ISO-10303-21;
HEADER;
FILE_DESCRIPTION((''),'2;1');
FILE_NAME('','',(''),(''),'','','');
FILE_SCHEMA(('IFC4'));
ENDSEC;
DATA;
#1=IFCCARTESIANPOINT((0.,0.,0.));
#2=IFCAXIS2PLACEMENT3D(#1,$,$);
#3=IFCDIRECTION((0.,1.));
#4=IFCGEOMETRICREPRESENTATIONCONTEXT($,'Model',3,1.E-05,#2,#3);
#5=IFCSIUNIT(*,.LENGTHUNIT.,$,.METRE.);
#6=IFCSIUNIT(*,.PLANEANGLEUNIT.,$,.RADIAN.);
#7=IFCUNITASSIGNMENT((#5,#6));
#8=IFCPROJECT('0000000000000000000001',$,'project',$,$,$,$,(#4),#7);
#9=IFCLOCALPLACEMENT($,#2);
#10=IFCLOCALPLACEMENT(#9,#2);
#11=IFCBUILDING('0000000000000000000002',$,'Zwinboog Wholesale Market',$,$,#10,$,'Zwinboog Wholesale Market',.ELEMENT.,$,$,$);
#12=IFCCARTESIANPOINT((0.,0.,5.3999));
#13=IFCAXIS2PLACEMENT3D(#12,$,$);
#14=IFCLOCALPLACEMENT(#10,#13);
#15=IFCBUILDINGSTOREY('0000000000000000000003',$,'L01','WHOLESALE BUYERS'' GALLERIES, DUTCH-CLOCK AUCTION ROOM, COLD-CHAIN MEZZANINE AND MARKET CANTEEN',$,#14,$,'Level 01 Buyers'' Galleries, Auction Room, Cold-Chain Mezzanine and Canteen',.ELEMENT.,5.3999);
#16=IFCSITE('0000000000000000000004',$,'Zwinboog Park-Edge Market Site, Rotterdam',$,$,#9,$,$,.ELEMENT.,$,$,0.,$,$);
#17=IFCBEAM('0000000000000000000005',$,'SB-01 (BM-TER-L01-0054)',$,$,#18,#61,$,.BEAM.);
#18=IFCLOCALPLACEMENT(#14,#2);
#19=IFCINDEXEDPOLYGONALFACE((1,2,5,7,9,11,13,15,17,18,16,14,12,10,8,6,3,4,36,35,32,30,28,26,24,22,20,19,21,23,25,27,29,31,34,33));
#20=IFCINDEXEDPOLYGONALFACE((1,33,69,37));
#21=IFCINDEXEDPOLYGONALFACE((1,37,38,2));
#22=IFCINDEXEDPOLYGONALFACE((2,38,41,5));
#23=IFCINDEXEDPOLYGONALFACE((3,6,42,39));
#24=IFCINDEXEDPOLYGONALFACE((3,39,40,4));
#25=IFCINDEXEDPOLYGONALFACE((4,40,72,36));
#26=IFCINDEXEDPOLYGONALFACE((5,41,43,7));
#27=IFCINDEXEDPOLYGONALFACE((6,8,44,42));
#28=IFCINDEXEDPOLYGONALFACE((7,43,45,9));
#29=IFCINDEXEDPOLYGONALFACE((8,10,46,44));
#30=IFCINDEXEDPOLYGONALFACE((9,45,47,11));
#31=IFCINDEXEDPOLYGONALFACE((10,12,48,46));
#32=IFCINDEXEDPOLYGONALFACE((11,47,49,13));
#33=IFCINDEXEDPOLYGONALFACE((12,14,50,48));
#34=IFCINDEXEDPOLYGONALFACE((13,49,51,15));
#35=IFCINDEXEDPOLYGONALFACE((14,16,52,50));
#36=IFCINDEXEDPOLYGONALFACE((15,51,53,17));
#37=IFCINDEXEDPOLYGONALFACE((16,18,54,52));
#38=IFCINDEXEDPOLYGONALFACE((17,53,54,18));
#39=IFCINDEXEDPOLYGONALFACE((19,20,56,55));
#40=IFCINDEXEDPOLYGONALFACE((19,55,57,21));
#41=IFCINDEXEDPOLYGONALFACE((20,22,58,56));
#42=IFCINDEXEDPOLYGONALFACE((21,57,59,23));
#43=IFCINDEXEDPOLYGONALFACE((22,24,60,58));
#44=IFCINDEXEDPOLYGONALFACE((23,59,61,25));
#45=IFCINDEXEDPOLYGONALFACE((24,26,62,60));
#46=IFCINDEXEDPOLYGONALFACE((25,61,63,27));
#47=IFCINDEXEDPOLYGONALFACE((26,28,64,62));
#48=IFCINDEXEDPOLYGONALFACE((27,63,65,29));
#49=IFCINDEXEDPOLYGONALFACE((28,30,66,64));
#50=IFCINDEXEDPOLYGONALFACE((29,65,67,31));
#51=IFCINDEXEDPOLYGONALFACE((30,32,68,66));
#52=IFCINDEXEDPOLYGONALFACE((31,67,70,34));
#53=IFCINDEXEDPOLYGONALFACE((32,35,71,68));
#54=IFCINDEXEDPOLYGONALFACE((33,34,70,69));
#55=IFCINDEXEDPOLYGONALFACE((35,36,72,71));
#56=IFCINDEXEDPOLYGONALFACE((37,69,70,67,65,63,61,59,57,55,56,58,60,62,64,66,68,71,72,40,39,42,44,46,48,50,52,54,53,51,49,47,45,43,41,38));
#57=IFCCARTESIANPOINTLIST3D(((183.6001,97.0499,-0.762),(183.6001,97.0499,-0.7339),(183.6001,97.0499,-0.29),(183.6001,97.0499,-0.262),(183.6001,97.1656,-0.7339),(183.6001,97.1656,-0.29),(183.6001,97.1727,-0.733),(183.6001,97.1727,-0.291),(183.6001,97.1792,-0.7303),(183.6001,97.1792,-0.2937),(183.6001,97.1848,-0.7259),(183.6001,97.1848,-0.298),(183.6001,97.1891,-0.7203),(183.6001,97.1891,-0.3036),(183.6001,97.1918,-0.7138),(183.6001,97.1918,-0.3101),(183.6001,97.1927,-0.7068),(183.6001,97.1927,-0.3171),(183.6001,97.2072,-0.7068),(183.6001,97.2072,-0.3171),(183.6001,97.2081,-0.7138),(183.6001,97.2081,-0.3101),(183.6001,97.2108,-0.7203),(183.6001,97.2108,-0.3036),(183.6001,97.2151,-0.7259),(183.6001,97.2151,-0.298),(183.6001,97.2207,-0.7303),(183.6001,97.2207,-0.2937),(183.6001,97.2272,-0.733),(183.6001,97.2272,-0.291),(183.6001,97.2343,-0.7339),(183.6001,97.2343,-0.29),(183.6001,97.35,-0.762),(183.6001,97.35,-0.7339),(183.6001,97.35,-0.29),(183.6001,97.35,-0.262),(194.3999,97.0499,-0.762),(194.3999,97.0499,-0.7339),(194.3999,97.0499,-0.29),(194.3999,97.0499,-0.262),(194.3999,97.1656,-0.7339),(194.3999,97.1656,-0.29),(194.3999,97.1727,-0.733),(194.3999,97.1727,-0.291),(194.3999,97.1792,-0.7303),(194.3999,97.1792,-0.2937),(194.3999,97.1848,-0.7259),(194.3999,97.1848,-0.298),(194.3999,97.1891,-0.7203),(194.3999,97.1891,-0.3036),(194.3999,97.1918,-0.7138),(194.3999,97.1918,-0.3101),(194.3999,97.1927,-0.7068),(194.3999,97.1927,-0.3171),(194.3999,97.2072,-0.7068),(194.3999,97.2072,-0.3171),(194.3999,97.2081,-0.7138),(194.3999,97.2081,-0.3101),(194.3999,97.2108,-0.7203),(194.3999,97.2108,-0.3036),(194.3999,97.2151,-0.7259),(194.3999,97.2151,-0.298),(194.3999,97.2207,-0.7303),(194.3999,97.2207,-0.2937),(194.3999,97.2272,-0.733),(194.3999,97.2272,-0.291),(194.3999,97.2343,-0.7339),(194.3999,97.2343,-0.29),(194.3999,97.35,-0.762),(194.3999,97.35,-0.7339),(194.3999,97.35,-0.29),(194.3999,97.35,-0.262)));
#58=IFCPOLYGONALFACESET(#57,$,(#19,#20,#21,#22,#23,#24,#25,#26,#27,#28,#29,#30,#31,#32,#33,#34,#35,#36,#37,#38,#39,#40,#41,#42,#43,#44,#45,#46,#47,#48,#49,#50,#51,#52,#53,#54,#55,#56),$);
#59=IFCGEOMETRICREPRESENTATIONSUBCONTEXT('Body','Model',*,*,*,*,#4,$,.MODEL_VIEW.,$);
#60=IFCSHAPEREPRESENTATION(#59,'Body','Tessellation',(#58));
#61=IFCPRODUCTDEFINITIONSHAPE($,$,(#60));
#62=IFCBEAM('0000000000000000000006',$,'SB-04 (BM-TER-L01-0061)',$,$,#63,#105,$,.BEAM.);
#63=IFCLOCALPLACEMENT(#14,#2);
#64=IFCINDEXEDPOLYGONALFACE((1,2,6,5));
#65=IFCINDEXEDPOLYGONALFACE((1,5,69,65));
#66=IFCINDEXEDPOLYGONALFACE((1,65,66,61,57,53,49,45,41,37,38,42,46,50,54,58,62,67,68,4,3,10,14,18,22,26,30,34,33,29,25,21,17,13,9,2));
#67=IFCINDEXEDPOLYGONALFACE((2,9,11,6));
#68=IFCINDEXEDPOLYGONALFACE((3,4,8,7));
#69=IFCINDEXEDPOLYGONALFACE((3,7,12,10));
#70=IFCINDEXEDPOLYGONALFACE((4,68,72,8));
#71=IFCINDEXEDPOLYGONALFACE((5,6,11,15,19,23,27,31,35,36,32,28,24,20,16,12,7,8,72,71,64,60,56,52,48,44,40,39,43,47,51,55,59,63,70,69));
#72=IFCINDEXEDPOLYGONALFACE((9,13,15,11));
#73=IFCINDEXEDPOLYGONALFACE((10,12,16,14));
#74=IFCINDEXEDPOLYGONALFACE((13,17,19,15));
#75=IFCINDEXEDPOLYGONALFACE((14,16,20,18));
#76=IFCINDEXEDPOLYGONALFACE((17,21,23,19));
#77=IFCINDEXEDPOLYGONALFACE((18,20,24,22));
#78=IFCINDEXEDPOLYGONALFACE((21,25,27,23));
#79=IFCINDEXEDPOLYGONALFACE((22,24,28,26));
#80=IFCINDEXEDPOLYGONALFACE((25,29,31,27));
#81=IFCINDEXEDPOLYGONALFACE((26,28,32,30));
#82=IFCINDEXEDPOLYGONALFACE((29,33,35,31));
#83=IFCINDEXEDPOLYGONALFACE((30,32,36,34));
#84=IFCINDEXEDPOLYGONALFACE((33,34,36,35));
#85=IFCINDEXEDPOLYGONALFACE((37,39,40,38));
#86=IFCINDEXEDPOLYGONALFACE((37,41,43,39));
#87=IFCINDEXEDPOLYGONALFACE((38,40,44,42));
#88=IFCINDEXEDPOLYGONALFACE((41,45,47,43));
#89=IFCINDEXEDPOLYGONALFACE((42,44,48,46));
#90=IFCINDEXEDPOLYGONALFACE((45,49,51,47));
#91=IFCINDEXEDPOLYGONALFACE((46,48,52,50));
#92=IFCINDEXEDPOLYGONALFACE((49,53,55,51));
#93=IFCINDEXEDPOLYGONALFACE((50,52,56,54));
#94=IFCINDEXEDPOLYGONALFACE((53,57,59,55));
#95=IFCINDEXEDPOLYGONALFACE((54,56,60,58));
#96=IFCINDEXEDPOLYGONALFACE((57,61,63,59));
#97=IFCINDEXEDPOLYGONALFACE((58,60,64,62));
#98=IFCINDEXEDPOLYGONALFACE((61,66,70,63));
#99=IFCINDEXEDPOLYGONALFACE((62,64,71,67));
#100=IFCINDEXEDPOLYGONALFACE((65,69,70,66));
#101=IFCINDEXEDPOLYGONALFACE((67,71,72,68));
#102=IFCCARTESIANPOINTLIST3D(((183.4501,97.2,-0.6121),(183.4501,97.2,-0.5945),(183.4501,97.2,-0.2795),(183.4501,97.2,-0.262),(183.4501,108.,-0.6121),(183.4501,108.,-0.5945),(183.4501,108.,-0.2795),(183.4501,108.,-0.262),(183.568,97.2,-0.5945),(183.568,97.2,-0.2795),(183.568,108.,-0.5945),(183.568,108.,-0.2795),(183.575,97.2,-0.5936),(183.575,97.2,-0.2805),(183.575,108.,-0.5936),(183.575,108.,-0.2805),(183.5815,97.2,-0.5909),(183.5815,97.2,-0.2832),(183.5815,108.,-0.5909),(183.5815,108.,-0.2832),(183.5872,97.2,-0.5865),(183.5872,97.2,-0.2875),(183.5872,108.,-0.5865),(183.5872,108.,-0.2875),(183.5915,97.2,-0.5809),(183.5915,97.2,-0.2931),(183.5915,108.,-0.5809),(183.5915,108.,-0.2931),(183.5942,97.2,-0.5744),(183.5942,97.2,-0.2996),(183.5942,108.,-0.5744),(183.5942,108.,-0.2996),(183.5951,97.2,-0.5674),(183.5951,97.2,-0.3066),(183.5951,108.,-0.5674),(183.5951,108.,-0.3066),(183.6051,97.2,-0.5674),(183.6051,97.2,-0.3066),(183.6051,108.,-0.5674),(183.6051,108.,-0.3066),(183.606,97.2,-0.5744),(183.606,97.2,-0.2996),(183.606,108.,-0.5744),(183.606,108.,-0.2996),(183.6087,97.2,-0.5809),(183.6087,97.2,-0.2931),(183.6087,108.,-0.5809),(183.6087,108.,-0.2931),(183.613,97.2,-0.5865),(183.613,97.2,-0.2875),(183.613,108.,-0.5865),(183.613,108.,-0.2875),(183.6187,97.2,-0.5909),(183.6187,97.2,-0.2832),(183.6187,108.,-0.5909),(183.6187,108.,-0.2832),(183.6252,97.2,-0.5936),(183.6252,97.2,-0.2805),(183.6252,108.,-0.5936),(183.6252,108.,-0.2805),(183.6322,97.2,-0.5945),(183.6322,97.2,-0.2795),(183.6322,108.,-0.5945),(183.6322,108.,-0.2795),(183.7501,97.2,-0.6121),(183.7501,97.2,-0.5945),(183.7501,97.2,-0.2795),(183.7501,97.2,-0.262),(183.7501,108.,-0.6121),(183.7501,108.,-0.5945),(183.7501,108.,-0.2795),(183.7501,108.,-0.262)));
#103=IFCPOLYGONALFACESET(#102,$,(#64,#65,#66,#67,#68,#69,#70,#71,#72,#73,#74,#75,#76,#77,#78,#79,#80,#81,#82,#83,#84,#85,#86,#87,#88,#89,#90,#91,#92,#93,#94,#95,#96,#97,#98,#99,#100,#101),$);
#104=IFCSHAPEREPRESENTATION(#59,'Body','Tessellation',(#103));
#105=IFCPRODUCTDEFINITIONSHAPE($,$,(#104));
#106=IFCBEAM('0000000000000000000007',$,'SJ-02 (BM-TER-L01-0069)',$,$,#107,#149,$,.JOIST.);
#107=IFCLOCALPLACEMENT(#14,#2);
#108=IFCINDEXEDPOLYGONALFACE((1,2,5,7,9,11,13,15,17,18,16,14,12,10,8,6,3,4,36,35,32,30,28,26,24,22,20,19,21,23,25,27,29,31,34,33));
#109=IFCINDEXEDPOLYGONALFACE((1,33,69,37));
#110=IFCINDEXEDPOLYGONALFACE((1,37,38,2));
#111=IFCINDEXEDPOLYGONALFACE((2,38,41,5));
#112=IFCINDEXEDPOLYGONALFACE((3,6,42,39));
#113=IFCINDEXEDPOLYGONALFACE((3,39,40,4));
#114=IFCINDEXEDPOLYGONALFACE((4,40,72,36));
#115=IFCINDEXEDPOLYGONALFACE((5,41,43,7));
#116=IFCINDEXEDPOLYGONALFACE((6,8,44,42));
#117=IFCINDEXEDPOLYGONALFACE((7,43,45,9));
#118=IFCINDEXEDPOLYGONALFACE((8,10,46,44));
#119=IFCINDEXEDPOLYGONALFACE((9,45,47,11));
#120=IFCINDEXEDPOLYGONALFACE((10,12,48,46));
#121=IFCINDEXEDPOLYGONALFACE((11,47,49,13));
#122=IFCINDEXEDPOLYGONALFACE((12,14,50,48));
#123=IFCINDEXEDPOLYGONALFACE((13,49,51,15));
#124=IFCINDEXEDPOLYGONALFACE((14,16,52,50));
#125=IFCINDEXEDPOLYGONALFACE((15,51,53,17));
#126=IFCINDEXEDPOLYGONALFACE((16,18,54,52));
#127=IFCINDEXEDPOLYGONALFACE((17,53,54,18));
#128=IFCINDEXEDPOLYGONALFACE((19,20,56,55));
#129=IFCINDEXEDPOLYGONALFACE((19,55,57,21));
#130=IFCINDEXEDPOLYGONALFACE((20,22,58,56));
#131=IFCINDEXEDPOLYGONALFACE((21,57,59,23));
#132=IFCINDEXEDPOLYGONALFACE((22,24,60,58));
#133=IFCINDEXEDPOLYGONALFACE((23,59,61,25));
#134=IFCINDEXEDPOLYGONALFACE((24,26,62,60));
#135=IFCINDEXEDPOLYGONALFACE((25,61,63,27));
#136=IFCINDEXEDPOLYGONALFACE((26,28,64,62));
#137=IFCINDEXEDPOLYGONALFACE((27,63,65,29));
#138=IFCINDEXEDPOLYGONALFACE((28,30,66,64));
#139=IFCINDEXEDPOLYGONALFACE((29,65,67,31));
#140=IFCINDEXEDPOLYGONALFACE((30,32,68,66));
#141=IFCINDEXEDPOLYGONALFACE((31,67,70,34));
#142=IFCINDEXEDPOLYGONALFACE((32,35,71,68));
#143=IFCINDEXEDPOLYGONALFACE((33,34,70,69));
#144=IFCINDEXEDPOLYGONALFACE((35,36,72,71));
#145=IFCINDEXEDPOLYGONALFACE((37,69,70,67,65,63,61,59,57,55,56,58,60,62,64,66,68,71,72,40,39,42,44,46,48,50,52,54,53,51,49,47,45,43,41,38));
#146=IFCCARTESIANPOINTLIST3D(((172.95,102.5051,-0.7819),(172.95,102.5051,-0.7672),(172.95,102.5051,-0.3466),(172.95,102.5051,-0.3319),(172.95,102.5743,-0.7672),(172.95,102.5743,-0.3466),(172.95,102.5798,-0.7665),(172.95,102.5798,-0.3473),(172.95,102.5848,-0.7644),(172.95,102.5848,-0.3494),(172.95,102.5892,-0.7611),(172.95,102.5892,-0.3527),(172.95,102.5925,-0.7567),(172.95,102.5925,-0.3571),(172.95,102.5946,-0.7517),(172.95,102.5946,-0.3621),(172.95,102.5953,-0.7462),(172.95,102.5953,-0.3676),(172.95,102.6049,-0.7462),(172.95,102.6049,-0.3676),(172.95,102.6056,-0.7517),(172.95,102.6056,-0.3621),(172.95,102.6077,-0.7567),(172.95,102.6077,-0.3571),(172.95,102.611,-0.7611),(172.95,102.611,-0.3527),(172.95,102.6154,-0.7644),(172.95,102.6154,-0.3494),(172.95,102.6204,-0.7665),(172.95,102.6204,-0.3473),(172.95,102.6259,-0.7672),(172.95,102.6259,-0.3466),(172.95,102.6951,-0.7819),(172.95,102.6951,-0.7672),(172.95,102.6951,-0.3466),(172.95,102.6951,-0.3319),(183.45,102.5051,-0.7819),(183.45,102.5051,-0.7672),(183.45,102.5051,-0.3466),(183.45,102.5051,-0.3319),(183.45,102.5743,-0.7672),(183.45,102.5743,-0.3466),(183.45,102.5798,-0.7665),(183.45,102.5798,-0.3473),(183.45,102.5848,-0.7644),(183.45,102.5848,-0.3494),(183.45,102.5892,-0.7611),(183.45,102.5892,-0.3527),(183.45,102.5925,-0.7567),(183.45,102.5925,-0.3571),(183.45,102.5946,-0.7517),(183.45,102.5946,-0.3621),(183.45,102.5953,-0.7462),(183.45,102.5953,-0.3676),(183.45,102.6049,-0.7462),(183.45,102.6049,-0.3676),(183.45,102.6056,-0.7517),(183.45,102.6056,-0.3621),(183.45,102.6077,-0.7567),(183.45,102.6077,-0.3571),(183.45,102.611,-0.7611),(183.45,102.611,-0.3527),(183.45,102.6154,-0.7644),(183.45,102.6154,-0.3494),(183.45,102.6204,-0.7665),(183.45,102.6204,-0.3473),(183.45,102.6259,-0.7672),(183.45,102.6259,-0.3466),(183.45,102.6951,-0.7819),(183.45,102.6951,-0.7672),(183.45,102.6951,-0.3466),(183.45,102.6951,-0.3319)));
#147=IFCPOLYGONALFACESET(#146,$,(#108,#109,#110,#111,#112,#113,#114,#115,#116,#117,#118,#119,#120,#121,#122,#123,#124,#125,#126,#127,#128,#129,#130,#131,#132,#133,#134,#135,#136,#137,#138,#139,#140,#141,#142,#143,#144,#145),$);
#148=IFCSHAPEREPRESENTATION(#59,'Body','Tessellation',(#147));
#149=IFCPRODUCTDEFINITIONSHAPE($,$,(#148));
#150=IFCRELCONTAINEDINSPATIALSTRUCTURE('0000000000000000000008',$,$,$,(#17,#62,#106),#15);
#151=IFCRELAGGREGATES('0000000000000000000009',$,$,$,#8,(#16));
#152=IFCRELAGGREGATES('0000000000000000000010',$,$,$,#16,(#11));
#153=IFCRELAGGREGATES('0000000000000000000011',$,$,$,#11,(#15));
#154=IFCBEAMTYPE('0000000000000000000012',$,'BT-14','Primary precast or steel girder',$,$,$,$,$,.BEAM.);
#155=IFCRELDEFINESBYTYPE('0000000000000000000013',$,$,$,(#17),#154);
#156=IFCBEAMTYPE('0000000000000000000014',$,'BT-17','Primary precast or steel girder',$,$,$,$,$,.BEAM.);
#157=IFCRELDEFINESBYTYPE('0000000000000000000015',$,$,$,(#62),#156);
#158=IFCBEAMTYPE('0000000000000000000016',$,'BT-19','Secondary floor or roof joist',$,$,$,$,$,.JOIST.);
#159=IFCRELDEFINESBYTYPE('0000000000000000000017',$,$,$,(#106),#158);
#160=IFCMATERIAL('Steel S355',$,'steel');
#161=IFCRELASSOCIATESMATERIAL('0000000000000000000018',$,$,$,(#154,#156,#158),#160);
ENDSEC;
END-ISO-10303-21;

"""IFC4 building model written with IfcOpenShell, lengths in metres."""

from ifc_helpers import new_model, si_unit, direction, frame, origin, origin_2d, place, context, subcontext, project, spatial, i_section, extrude, material, material_profile, profile_set, type_object, element, save


model = new_model("IFC4")

# Units and contexts
model_context = context("Model", 3, precision=1e-05, world=origin(), true_north=direction((0.0, 1.0)))
body_context = subcontext(model_context, "Body", "Model", "MODEL_VIEW")
ifc_project = project(units=[si_unit("LENGTHUNIT", "METRE"), si_unit("PLANEANGLEUNIT", "RADIAN")], contexts=[model_context])

# Site, building, storey
site_placement = place(None, origin())
site = spatial("IfcSite", under=ifc_project, at=site_placement, Name="Zwinboog Park-Edge Market Site, Rotterdam", CompositionType="ELEMENT", RefElevation=0.0)
building_placement = place(site_placement, origin())
building = spatial("IfcBuilding", under=site, at=building_placement, Name="Zwinboog Wholesale Market", LongName="Zwinboog Wholesale Market", CompositionType="ELEMENT")
storey_placement = place(building_placement, frame((0.0, 0.0, 5.3999)))
storey = spatial("IfcBuildingStorey", under=building, at=storey_placement, Name="L01", Description="WHOLESALE BUYERS' GALLERIES, DUTCH-CLOCK AUCTION ROOM, COLD-CHAIN MEZZANINE AND MARKET CANTEEN", LongName="Level 01 Buyers' Galleries, Auction Room, Cold-Chain Mezzanine and Canteen", CompositionType="ELEMENT", Elevation=5.3999)

# Beams
ifc_material_1 = material(Name="Steel S355", Category="steel")
ifc_material_profile_1 = material_profile(ifc_material_1, i_section(OverallWidth=0.3, OverallDepth=0.5, WebThickness=0.0144, FlangeThickness=0.0281, FilletRadius=0.0271, at=origin_2d()), Name="HEB 500")
ifc_profile_set_1 = profile_set([ifc_material_profile_1], Name="Steel S355")
beam_type_1 = type_object("IfcBeamType", Name="BT-14", Description="Primary precast or steel girder", PredefinedType="BEAM", material=ifc_profile_set_1)
beam_1_placement = place(storey_placement, frame((183.6001, 97.2, -0.512), z_axis=(1.0, 0.0, 0.0), x_axis=(0.0, 1.0, 0.0)))
element("IfcBeam", 1, at=beam_1_placement, inside=storey, type_object=beam_type_1, Name="SB-01 (BM-TER-L01-0054)", PredefinedType="BEAM", context=body_context, shape_type="SweptSolid", body=[
    extrude(i_section(OverallWidth=0.3, OverallDepth=0.5, WebThickness=0.0144, FlangeThickness=0.0281, FilletRadius=0.0271, at=origin_2d()), origin(), (0.0, 0.0, 1.0), 10.7998),
])
ifc_material_profile_2 = material_profile(ifc_material_1, i_section(OverallWidth=0.3, OverallDepth=0.3501, WebThickness=0.01, FlangeThickness=0.0176, FilletRadius=0.0271, at=origin_2d()), Name="HEA 360")
ifc_profile_set_2 = profile_set([ifc_material_profile_2], Name="Steel S355")
beam_type_2 = type_object("IfcBeamType", Name="BT-17", Description="Primary precast or steel girder", PredefinedType="BEAM", material=ifc_profile_set_2)
beam_2_placement = place(storey_placement, frame((183.6001, 97.2, -0.437), z_axis=(0.0, 1.0, 0.0), x_axis=(-1.0, 0.0, 0.0)))
element("IfcBeam", 2, at=beam_2_placement, inside=storey, type_object=beam_type_2, Name="SB-04 (BM-TER-L01-0061)", PredefinedType="BEAM", context=body_context, shape_type="SweptSolid", body=[
    extrude(i_section(OverallWidth=0.3, OverallDepth=0.3501, WebThickness=0.01, FlangeThickness=0.0176, FilletRadius=0.0271, at=origin_2d()), origin(), (0.0, 0.0, 1.0), 10.8),
])
ifc_material_profile_3 = material_profile(ifc_material_1, i_section(OverallWidth=0.1899, OverallDepth=0.45, WebThickness=0.0095, FlangeThickness=0.0146, FilletRadius=0.021, at=origin_2d()), Name="IPE 450")
ifc_profile_set_3 = profile_set([ifc_material_profile_3], Name="Steel S355")
beam_type_3 = type_object("IfcBeamType", Name="BT-19", Description="Secondary floor or roof joist", PredefinedType="JOIST", material=ifc_profile_set_3)
beam_3_placement = place(storey_placement, frame((172.95, 102.6001, -0.5569), z_axis=(1.0, 0.0, 0.0), x_axis=(0.0, 1.0, 0.0)))
element("IfcBeam", 3, at=beam_3_placement, inside=storey, type_object=beam_type_3, Name="SJ-02 (BM-TER-L01-0069)", PredefinedType="JOIST", context=body_context, shape_type="SweptSolid", body=[
    extrude(i_section(OverallWidth=0.1899, OverallDepth=0.45, WebThickness=0.0095, FlangeThickness=0.0146, FilletRadius=0.021, at=origin_2d()), origin(), (0.0, 0.0, 1.0), 10.5),
])

save(model, "model.ifc")
